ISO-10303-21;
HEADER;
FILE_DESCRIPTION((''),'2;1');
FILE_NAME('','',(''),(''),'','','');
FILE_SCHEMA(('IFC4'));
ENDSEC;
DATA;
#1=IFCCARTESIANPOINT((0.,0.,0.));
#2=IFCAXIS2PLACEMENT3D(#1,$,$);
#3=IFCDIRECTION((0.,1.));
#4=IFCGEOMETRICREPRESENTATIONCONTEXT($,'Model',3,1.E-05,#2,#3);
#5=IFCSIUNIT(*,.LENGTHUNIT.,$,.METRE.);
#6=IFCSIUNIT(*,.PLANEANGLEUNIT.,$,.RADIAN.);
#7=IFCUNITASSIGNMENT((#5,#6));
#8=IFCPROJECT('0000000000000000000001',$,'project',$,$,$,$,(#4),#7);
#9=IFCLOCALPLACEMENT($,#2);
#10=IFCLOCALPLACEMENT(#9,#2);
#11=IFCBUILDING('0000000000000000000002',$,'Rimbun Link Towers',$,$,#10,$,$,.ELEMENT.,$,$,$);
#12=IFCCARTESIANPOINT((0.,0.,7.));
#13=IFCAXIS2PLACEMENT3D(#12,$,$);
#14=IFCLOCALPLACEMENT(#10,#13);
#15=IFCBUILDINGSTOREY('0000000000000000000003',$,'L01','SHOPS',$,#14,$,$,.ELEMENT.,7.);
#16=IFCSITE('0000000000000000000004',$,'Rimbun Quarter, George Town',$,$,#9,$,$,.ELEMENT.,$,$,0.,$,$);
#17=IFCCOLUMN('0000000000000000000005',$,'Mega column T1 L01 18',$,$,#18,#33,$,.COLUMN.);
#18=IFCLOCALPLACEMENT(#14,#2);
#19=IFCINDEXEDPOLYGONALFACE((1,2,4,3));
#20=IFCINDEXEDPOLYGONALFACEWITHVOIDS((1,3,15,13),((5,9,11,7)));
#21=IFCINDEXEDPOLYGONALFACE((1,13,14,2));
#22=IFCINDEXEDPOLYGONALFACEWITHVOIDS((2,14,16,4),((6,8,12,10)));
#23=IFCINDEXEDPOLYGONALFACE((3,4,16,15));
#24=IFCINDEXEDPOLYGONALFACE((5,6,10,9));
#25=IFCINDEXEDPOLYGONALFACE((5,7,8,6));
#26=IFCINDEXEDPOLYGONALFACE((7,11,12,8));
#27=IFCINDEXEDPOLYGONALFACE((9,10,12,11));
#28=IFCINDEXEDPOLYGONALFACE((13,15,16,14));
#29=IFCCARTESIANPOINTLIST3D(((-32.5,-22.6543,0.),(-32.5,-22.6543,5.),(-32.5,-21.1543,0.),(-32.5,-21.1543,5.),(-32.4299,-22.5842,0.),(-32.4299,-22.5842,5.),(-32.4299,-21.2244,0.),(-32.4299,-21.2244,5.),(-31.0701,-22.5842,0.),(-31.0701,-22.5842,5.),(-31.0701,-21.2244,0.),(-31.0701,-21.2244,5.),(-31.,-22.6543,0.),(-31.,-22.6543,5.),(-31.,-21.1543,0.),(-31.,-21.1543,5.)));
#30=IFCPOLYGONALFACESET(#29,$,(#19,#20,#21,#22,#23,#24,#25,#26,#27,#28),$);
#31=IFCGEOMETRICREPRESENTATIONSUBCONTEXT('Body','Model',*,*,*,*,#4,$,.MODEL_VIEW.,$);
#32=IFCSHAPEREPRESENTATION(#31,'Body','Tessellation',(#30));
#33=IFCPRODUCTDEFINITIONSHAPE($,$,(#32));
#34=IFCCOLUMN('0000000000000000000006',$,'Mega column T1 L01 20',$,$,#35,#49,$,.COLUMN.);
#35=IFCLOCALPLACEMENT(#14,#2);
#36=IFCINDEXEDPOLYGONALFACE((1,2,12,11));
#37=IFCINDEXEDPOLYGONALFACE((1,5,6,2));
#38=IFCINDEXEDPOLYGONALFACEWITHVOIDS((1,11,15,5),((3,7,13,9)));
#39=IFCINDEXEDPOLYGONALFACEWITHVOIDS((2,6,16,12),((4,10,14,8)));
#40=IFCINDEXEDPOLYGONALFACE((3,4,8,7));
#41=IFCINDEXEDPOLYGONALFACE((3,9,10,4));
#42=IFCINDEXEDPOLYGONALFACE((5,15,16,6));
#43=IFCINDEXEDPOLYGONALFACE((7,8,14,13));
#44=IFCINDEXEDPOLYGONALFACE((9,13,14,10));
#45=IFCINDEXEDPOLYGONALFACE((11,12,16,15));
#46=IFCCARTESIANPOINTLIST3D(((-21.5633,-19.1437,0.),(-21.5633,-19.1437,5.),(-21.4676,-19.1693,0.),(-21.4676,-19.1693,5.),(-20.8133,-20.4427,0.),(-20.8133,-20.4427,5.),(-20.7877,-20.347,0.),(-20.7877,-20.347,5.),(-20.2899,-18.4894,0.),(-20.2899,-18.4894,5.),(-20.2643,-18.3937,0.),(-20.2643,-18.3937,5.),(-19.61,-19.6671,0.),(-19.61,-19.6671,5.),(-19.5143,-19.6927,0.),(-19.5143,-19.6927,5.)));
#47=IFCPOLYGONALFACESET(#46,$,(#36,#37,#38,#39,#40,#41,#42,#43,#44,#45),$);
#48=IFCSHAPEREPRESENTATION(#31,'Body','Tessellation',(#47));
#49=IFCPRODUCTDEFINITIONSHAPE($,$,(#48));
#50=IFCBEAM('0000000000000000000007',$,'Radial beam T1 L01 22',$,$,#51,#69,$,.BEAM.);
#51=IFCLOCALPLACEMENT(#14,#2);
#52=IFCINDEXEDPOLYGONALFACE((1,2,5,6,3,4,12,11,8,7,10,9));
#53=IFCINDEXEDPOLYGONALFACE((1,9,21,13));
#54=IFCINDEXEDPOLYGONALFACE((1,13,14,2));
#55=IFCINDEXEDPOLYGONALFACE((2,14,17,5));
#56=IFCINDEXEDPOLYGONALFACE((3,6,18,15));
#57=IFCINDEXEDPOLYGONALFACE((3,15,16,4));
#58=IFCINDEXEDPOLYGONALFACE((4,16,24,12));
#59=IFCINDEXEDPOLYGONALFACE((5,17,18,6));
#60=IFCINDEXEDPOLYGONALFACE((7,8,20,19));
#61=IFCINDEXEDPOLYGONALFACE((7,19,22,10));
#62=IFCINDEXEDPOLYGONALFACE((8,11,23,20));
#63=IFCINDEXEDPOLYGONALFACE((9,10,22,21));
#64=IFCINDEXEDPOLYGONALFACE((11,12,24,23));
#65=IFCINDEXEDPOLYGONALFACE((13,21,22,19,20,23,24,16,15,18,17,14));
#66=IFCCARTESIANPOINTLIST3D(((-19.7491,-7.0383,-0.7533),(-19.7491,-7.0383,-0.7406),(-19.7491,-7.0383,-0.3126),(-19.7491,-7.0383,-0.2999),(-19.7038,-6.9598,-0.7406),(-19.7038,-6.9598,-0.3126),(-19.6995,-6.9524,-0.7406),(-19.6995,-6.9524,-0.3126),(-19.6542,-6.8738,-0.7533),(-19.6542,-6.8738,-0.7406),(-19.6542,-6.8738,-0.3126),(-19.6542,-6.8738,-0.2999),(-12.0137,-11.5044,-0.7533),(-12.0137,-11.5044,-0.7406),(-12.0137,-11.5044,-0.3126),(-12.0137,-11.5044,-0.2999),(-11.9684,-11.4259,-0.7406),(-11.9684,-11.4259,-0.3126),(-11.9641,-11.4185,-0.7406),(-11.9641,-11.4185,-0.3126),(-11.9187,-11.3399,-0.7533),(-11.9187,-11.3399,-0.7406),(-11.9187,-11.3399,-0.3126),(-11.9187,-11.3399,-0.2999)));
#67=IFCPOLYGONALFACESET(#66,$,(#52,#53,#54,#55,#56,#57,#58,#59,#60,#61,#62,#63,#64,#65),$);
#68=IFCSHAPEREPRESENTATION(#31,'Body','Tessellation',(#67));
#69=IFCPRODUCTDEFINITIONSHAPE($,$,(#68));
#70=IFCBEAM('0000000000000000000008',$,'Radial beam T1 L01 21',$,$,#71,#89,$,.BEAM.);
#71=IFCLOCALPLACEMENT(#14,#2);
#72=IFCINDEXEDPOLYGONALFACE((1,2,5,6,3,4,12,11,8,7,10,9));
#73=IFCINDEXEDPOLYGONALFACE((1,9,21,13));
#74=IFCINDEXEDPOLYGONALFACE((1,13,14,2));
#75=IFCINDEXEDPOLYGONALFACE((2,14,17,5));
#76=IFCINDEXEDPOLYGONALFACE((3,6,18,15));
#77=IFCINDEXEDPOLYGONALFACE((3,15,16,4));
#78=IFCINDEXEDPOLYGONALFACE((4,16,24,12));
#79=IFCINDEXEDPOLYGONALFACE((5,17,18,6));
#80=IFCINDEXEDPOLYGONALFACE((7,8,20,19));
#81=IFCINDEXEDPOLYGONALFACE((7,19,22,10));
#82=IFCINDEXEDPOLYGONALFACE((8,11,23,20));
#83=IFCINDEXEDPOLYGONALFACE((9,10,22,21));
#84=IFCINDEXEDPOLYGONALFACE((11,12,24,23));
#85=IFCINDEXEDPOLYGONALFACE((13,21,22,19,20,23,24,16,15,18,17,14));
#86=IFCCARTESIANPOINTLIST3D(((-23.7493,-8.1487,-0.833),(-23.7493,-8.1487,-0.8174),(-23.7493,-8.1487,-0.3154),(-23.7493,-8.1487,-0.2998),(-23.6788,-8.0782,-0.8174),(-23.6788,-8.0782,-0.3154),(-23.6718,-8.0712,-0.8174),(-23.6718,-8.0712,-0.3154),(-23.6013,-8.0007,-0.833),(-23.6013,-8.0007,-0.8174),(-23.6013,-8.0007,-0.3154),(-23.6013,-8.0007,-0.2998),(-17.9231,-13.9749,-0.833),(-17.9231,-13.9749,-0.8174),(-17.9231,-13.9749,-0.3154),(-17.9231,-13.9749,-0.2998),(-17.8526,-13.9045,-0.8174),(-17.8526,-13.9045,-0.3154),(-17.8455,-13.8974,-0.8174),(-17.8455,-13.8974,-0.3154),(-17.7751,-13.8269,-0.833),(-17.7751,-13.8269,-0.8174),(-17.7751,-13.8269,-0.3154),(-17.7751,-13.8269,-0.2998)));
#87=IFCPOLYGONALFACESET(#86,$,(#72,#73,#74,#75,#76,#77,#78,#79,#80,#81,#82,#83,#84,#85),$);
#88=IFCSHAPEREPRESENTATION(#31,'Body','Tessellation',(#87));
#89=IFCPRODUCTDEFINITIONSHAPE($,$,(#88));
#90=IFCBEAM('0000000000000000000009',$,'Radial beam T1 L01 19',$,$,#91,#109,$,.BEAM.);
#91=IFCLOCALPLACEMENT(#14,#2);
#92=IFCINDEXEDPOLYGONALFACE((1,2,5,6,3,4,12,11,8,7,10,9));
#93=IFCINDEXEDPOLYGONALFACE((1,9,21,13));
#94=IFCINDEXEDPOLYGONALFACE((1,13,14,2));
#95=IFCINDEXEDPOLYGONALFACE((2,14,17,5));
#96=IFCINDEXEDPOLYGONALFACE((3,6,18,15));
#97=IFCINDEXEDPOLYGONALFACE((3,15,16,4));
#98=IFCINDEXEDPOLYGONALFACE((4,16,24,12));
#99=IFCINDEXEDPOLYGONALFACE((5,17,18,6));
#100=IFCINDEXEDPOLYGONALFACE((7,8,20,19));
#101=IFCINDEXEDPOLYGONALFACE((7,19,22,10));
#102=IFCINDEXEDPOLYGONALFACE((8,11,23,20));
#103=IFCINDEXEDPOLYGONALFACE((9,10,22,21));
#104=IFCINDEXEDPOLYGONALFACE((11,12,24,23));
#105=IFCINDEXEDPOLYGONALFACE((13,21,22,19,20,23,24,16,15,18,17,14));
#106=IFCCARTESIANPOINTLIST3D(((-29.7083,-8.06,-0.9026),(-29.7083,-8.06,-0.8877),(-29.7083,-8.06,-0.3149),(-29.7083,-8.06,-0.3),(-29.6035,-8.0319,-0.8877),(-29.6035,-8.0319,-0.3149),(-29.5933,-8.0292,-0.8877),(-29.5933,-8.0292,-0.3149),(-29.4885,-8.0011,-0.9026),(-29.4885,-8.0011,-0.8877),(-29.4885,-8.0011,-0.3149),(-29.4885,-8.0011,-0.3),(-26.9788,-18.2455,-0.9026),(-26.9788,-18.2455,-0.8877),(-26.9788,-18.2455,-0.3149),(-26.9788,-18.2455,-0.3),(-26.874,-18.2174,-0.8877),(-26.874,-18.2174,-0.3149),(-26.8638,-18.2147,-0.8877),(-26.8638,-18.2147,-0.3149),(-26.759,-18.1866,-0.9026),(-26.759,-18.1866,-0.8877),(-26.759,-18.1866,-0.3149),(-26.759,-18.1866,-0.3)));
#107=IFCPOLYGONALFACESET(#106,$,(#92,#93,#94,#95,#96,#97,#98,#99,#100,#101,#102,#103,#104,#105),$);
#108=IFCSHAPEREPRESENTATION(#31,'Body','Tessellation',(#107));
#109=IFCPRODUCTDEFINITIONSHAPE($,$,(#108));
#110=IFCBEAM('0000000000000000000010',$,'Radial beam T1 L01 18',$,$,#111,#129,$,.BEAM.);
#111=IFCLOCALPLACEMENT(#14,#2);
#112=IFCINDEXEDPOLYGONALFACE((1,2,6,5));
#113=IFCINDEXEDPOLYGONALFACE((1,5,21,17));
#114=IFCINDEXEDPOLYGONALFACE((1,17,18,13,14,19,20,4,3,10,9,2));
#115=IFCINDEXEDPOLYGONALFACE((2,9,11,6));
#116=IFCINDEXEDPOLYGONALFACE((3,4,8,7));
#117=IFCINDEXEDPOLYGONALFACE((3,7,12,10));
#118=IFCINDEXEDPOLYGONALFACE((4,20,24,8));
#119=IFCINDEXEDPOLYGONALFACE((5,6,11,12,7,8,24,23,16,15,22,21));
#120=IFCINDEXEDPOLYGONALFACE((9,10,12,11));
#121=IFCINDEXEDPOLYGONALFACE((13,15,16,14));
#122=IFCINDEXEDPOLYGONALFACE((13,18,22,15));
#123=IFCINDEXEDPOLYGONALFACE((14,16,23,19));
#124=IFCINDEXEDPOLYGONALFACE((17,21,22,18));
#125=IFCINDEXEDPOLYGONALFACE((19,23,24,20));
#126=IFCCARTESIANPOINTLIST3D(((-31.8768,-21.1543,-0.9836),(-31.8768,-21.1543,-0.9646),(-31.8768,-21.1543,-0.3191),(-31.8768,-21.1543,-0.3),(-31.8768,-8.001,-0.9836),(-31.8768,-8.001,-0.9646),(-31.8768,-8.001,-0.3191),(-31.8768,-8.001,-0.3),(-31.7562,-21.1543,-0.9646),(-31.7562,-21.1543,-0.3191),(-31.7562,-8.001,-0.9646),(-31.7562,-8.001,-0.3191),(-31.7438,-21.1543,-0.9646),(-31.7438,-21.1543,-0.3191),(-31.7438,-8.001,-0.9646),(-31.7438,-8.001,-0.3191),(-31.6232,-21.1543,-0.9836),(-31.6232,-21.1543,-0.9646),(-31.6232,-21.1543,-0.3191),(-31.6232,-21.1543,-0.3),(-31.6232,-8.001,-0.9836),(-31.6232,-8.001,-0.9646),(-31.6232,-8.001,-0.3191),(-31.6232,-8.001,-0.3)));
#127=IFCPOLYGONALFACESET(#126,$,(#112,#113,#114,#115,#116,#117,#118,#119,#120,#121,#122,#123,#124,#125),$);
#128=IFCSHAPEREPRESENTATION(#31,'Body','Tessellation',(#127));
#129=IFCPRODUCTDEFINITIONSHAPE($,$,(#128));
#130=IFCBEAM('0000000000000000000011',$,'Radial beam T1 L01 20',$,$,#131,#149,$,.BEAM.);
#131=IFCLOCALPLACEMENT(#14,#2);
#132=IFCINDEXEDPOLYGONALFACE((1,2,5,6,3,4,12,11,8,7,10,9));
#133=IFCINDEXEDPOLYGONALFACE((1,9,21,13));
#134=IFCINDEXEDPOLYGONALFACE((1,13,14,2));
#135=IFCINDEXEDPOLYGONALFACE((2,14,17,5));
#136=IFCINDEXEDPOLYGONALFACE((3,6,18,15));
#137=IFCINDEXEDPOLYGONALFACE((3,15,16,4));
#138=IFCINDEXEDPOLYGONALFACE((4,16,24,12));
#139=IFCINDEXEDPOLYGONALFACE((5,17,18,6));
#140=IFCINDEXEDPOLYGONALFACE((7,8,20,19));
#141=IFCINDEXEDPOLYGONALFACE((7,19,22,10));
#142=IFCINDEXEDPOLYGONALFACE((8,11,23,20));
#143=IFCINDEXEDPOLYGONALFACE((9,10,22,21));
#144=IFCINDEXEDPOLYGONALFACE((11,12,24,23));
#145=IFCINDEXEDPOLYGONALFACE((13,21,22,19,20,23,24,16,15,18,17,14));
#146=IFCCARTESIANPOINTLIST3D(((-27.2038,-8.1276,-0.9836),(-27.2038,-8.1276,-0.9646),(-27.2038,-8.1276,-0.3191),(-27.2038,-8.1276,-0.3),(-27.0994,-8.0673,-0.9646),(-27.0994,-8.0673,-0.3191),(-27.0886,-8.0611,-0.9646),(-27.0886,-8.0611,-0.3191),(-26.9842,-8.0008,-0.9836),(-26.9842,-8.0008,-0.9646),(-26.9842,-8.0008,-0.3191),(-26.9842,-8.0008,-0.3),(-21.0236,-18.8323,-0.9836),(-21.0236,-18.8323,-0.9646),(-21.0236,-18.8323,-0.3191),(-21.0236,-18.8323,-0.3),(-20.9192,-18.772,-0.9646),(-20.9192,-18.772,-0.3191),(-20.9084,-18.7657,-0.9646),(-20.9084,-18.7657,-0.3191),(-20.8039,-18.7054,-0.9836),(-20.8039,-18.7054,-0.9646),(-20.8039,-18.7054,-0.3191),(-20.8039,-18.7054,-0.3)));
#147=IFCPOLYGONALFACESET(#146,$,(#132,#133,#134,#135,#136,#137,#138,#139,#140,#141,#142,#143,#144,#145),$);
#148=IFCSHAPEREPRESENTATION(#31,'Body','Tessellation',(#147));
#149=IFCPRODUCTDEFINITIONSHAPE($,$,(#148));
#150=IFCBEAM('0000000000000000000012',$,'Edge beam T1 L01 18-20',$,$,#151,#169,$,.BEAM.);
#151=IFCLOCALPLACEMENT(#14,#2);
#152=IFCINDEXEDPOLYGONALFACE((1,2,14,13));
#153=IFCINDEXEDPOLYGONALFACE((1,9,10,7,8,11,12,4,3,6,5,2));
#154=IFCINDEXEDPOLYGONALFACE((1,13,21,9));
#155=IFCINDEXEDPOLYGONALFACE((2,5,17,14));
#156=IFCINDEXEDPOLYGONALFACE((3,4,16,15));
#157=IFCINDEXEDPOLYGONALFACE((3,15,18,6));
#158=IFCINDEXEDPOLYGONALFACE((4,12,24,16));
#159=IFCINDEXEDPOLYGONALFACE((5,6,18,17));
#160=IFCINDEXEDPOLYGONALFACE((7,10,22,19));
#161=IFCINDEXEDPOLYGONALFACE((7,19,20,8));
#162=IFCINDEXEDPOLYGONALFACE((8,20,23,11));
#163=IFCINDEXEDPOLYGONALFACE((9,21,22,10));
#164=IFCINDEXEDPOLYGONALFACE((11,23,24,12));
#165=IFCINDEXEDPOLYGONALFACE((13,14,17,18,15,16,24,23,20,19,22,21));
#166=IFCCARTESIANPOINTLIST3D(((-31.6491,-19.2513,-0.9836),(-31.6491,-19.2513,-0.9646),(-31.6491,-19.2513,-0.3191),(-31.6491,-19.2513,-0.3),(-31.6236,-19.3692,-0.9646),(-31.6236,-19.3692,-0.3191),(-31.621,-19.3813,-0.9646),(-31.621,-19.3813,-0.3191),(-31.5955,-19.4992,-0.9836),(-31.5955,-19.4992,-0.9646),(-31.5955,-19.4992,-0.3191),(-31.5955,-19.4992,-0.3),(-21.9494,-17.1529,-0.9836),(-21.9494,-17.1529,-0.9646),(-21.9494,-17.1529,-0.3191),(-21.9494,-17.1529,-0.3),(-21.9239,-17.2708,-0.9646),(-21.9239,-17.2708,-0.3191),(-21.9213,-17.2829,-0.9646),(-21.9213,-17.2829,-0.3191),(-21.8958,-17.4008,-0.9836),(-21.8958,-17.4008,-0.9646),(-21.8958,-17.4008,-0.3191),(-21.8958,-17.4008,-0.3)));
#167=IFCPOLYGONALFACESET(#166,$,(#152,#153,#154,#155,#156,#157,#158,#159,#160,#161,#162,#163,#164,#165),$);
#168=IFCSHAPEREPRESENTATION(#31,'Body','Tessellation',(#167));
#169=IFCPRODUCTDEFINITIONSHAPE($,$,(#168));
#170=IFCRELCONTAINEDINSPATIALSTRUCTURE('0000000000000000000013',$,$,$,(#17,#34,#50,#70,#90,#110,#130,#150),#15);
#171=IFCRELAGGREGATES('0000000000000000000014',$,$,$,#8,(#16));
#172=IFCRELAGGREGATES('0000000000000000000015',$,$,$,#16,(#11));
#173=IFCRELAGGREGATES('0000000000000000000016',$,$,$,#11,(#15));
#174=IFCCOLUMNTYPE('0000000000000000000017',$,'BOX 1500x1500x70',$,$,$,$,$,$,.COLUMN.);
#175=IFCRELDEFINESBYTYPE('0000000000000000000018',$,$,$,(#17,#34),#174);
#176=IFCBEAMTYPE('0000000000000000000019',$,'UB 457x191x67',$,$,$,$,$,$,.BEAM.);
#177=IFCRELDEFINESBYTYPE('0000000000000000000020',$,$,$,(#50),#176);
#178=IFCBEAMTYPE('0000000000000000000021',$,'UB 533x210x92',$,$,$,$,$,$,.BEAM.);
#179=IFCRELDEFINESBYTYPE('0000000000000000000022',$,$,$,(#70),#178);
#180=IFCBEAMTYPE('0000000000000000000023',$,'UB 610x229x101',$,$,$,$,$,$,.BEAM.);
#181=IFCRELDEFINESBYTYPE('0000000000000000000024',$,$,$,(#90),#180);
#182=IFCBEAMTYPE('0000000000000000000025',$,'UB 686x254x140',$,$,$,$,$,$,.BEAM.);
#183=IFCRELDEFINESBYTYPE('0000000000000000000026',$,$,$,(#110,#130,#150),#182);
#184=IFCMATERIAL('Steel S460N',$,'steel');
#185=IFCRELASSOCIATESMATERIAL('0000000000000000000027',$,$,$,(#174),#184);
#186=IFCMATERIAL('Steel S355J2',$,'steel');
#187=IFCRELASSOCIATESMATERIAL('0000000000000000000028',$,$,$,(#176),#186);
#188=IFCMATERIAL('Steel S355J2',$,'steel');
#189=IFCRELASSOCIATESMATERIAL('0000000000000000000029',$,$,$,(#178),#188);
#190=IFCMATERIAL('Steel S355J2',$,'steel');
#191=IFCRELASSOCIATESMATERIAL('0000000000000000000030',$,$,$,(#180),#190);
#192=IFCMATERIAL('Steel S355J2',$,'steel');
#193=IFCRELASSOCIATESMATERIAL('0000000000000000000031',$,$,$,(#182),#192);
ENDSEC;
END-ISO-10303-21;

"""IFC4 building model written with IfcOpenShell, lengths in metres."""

from ifc_helpers import new_model, si_unit, direction, frame, origin, origin_2d, place, context, subcontext, project, spatial, hollow_rectangle, i_section, extrude, material, material_profile, profile_set, type_object, element, save


model = new_model("IFC4")

# Units and contexts
model_context = context("Model", 3, precision=1e-05, world=origin(), true_north=direction((0.0, 1.0)))
body_context = subcontext(model_context, "Body", "Model", "MODEL_VIEW")
ifc_project = project(units=[si_unit("LENGTHUNIT", "METRE"), si_unit("PLANEANGLEUNIT", "RADIAN")], contexts=[model_context])

# Site, building, storey
site_placement = place(None, origin())
site = spatial("IfcSite", under=ifc_project, at=site_placement, Name="Rimbun Quarter, George Town", CompositionType="ELEMENT", RefElevation=0.0)
building_placement = place(site_placement, origin())
building = spatial("IfcBuilding", under=site, at=building_placement, Name="Rimbun Link Towers", CompositionType="ELEMENT")
storey_placement = place(building_placement, frame((0.0, 0.0, 7.0)))
storey = spatial("IfcBuildingStorey", under=building, at=storey_placement, Name="L01", Description="SHOPS", CompositionType="ELEMENT", Elevation=7.0)

# Columns
ifc_material_1 = material(Name="Steel S460N", Category="steel")
ifc_material_profile_1 = material_profile(ifc_material_1, hollow_rectangle(XDim=1.5, YDim=1.5, WallThickness=0.0701, at=origin_2d()), Name="BOX 1500x1500x70")
ifc_profile_set_1 = profile_set([ifc_material_profile_1], Name="Steel S460N")
column_type = type_object("IfcColumnType", Name="BOX 1500x1500x70", PredefinedType="COLUMN", material=ifc_profile_set_1)
for number, where, z_axis, x_axis, name in (
    (1, (-31.75, -21.9043, 0.0), (0.0, 0.0, 1.0), (0.0, -1.0, 0.0), "Mega column T1 L01 18"),
    (2, (-20.5388, -19.4182, 0.0), (0.0, 0.0, 1.0), (0.5, -0.866025, 0.0), "Mega column T1 L01 20"),
):
    element("IfcColumn", number, at=place(storey_placement, frame(where, z_axis=z_axis, x_axis=x_axis)), inside=storey, type_object=column_type, Name=name, PredefinedType="COLUMN", context=body_context, shape_type="SweptSolid", body=[
        extrude(hollow_rectangle(XDim=1.5, YDim=1.5, WallThickness=0.0701, at=origin_2d()), origin(), (0.0, 0.0, 1.0), 5.0),
    ])

# Beams
ifc_material_2 = material(Name="Steel S355J2", Category="steel")
ifc_material_profile_2 = material_profile(ifc_material_2, i_section(OverallWidth=0.1899, OverallDepth=0.4534, WebThickness=0.0085, FlangeThickness=0.0127, at=origin_2d()), Name="UB 457x191x67")
ifc_profile_set_2 = profile_set([ifc_material_profile_2], Name="Steel S355J2")
beam_type_1 = type_object("IfcBeamType", Name="UB 457x191x67", PredefinedType="BEAM", material=ifc_profile_set_2)
beam_1_placement = place(storey_placement, frame((-19.7017, -6.9561, -0.5266), z_axis=(0.866023, -0.500005, 0.0), x_axis=(0.500005, 0.866023, 0.0)))
element("IfcBeam", 3, at=beam_1_placement, inside=storey, type_object=beam_type_1, Name="Radial beam T1 L01 22", PredefinedType="BEAM", context=body_context, shape_type="SweptSolid", body=[
    extrude(i_section(OverallWidth=0.1899, OverallDepth=0.4534, WebThickness=0.0085, FlangeThickness=0.0127, at=origin_2d()), origin(), (0.0, 0.0, 1.0), 8.9321),
])
ifc_material_3 = material(Name="Steel S355J2", Category="steel")
ifc_material_profile_3 = material_profile(ifc_material_3, i_section(OverallWidth=0.2092, OverallDepth=0.5332, WebThickness=0.01, FlangeThickness=0.0156, at=origin_2d()), Name="UB 533x210x92")
ifc_profile_set_3 = profile_set([ifc_material_profile_3], Name="Steel S355J2")
beam_type_2 = type_object("IfcBeamType", Name="UB 533x210x92", PredefinedType="BEAM", material=ifc_profile_set_3)
beam_2_placement = place(storey_placement, frame((-23.6753, -8.0747, -0.5664), z_axis=(0.707107, -0.707107, 0.0), x_axis=(0.707107, 0.707107, 0.0)))
element("IfcBeam", 4, at=beam_2_placement, inside=storey, type_object=beam_type_2, Name="Radial beam T1 L01 21", PredefinedType="BEAM", context=body_context, shape_type="SweptSolid", body=[
    extrude(i_section(OverallWidth=0.2092, OverallDepth=0.5332, WebThickness=0.01, FlangeThickness=0.0156, at=origin_2d()), origin(), (0.0, 0.0, 1.0), 8.2395),
])
ifc_material_4 = material(Name="Steel S355J2", Category="steel")
ifc_material_profile_4 = material_profile(ifc_material_4, i_section(OverallWidth=0.2275, OverallDepth=0.6025, WebThickness=0.0105, FlangeThickness=0.0149, at=origin_2d()), Name="UB 610x229x101")
ifc_profile_set_4 = profile_set([ifc_material_profile_4], Name="Steel S355J2")
beam_type_3 = type_object("IfcBeamType", Name="UB 610x229x101", PredefinedType="BEAM", material=ifc_profile_set_4)
beam_3_placement = place(storey_placement, frame((-29.5984, -8.0305, -0.6013), z_axis=(0.258844, -0.965919, 0.0), x_axis=(0.965919, 0.258844, 0.0)))
element("IfcBeam", 5, at=beam_3_placement, inside=storey, type_object=beam_type_3, Name="Radial beam T1 L01 19", PredefinedType="BEAM", context=body_context, shape_type="SweptSolid", body=[
    extrude(i_section(OverallWidth=0.2275, OverallDepth=0.6025, WebThickness=0.0105, FlangeThickness=0.0149, at=origin_2d()), origin(), (0.0, 0.0, 1.0), 10.5449),
])
ifc_material_5 = material(Name="Steel S355J2", Category="steel")
ifc_material_profile_5 = material_profile(ifc_material_5, i_section(OverallWidth=0.2537, OverallDepth=0.6836, WebThickness=0.0125, FlangeThickness=0.019, at=origin_2d()), Name="UB 686x254x140")
ifc_profile_set_5 = profile_set([ifc_material_profile_5], Name="Steel S355J2")
beam_type_4 = type_object("IfcBeamType", Name="UB 686x254x140", PredefinedType="BEAM", material=ifc_profile_set_5)
beam_4_placement = place(storey_placement, frame((-31.75, -8.001, -0.6418), z_axis=(0.0, -1.0, 0.0), x_axis=(1.0, 0.0, 0.0)))
element("IfcBeam", 6, at=beam_4_placement, inside=storey, type_object=beam_type_4, Name="Radial beam T1 L01 18", PredefinedType="BEAM", context=body_context, shape_type="SweptSolid", body=[
    extrude(i_section(OverallWidth=0.2537, OverallDepth=0.6836, WebThickness=0.0125, FlangeThickness=0.019, at=origin_2d()), origin(), (0.0, 0.0, 1.0), 13.1533),
])
beam_5_placement = place(storey_placement, frame((-27.094, -8.0642, -0.6418), z_axis=(0.499993, -0.86603, 0.0), x_axis=(0.86603, 0.499993, 0.0)))
element("IfcBeam", 7, at=beam_5_placement, inside=storey, type_object=beam_type_4, Name="Radial beam T1 L01 20", PredefinedType="BEAM", context=body_context, shape_type="SweptSolid", body=[
    extrude(i_section(OverallWidth=0.2537, OverallDepth=0.6836, WebThickness=0.0125, FlangeThickness=0.019, at=origin_2d()), origin(), (0.0, 0.0, 1.0), 12.3606),
])
beam_6_placement = place(storey_placement, frame((-31.6223, -19.3752, -0.6418), z_axis=(0.97739, 0.211444, 0.0), x_axis=(-0.211444, 0.97739, 0.0)))
element("IfcBeam", 8, at=beam_6_placement, inside=storey, type_object=beam_type_4, Name="Edge beam T1 L01 18-20", PredefinedType="BEAM", context=body_context, shape_type="SweptSolid", body=[
    extrude(i_section(OverallWidth=0.2537, OverallDepth=0.6836, WebThickness=0.0125, FlangeThickness=0.019, at=origin_2d()), origin(), (0.0, 0.0, 1.0), 9.9241),
])

save(model, "model.ifc")
